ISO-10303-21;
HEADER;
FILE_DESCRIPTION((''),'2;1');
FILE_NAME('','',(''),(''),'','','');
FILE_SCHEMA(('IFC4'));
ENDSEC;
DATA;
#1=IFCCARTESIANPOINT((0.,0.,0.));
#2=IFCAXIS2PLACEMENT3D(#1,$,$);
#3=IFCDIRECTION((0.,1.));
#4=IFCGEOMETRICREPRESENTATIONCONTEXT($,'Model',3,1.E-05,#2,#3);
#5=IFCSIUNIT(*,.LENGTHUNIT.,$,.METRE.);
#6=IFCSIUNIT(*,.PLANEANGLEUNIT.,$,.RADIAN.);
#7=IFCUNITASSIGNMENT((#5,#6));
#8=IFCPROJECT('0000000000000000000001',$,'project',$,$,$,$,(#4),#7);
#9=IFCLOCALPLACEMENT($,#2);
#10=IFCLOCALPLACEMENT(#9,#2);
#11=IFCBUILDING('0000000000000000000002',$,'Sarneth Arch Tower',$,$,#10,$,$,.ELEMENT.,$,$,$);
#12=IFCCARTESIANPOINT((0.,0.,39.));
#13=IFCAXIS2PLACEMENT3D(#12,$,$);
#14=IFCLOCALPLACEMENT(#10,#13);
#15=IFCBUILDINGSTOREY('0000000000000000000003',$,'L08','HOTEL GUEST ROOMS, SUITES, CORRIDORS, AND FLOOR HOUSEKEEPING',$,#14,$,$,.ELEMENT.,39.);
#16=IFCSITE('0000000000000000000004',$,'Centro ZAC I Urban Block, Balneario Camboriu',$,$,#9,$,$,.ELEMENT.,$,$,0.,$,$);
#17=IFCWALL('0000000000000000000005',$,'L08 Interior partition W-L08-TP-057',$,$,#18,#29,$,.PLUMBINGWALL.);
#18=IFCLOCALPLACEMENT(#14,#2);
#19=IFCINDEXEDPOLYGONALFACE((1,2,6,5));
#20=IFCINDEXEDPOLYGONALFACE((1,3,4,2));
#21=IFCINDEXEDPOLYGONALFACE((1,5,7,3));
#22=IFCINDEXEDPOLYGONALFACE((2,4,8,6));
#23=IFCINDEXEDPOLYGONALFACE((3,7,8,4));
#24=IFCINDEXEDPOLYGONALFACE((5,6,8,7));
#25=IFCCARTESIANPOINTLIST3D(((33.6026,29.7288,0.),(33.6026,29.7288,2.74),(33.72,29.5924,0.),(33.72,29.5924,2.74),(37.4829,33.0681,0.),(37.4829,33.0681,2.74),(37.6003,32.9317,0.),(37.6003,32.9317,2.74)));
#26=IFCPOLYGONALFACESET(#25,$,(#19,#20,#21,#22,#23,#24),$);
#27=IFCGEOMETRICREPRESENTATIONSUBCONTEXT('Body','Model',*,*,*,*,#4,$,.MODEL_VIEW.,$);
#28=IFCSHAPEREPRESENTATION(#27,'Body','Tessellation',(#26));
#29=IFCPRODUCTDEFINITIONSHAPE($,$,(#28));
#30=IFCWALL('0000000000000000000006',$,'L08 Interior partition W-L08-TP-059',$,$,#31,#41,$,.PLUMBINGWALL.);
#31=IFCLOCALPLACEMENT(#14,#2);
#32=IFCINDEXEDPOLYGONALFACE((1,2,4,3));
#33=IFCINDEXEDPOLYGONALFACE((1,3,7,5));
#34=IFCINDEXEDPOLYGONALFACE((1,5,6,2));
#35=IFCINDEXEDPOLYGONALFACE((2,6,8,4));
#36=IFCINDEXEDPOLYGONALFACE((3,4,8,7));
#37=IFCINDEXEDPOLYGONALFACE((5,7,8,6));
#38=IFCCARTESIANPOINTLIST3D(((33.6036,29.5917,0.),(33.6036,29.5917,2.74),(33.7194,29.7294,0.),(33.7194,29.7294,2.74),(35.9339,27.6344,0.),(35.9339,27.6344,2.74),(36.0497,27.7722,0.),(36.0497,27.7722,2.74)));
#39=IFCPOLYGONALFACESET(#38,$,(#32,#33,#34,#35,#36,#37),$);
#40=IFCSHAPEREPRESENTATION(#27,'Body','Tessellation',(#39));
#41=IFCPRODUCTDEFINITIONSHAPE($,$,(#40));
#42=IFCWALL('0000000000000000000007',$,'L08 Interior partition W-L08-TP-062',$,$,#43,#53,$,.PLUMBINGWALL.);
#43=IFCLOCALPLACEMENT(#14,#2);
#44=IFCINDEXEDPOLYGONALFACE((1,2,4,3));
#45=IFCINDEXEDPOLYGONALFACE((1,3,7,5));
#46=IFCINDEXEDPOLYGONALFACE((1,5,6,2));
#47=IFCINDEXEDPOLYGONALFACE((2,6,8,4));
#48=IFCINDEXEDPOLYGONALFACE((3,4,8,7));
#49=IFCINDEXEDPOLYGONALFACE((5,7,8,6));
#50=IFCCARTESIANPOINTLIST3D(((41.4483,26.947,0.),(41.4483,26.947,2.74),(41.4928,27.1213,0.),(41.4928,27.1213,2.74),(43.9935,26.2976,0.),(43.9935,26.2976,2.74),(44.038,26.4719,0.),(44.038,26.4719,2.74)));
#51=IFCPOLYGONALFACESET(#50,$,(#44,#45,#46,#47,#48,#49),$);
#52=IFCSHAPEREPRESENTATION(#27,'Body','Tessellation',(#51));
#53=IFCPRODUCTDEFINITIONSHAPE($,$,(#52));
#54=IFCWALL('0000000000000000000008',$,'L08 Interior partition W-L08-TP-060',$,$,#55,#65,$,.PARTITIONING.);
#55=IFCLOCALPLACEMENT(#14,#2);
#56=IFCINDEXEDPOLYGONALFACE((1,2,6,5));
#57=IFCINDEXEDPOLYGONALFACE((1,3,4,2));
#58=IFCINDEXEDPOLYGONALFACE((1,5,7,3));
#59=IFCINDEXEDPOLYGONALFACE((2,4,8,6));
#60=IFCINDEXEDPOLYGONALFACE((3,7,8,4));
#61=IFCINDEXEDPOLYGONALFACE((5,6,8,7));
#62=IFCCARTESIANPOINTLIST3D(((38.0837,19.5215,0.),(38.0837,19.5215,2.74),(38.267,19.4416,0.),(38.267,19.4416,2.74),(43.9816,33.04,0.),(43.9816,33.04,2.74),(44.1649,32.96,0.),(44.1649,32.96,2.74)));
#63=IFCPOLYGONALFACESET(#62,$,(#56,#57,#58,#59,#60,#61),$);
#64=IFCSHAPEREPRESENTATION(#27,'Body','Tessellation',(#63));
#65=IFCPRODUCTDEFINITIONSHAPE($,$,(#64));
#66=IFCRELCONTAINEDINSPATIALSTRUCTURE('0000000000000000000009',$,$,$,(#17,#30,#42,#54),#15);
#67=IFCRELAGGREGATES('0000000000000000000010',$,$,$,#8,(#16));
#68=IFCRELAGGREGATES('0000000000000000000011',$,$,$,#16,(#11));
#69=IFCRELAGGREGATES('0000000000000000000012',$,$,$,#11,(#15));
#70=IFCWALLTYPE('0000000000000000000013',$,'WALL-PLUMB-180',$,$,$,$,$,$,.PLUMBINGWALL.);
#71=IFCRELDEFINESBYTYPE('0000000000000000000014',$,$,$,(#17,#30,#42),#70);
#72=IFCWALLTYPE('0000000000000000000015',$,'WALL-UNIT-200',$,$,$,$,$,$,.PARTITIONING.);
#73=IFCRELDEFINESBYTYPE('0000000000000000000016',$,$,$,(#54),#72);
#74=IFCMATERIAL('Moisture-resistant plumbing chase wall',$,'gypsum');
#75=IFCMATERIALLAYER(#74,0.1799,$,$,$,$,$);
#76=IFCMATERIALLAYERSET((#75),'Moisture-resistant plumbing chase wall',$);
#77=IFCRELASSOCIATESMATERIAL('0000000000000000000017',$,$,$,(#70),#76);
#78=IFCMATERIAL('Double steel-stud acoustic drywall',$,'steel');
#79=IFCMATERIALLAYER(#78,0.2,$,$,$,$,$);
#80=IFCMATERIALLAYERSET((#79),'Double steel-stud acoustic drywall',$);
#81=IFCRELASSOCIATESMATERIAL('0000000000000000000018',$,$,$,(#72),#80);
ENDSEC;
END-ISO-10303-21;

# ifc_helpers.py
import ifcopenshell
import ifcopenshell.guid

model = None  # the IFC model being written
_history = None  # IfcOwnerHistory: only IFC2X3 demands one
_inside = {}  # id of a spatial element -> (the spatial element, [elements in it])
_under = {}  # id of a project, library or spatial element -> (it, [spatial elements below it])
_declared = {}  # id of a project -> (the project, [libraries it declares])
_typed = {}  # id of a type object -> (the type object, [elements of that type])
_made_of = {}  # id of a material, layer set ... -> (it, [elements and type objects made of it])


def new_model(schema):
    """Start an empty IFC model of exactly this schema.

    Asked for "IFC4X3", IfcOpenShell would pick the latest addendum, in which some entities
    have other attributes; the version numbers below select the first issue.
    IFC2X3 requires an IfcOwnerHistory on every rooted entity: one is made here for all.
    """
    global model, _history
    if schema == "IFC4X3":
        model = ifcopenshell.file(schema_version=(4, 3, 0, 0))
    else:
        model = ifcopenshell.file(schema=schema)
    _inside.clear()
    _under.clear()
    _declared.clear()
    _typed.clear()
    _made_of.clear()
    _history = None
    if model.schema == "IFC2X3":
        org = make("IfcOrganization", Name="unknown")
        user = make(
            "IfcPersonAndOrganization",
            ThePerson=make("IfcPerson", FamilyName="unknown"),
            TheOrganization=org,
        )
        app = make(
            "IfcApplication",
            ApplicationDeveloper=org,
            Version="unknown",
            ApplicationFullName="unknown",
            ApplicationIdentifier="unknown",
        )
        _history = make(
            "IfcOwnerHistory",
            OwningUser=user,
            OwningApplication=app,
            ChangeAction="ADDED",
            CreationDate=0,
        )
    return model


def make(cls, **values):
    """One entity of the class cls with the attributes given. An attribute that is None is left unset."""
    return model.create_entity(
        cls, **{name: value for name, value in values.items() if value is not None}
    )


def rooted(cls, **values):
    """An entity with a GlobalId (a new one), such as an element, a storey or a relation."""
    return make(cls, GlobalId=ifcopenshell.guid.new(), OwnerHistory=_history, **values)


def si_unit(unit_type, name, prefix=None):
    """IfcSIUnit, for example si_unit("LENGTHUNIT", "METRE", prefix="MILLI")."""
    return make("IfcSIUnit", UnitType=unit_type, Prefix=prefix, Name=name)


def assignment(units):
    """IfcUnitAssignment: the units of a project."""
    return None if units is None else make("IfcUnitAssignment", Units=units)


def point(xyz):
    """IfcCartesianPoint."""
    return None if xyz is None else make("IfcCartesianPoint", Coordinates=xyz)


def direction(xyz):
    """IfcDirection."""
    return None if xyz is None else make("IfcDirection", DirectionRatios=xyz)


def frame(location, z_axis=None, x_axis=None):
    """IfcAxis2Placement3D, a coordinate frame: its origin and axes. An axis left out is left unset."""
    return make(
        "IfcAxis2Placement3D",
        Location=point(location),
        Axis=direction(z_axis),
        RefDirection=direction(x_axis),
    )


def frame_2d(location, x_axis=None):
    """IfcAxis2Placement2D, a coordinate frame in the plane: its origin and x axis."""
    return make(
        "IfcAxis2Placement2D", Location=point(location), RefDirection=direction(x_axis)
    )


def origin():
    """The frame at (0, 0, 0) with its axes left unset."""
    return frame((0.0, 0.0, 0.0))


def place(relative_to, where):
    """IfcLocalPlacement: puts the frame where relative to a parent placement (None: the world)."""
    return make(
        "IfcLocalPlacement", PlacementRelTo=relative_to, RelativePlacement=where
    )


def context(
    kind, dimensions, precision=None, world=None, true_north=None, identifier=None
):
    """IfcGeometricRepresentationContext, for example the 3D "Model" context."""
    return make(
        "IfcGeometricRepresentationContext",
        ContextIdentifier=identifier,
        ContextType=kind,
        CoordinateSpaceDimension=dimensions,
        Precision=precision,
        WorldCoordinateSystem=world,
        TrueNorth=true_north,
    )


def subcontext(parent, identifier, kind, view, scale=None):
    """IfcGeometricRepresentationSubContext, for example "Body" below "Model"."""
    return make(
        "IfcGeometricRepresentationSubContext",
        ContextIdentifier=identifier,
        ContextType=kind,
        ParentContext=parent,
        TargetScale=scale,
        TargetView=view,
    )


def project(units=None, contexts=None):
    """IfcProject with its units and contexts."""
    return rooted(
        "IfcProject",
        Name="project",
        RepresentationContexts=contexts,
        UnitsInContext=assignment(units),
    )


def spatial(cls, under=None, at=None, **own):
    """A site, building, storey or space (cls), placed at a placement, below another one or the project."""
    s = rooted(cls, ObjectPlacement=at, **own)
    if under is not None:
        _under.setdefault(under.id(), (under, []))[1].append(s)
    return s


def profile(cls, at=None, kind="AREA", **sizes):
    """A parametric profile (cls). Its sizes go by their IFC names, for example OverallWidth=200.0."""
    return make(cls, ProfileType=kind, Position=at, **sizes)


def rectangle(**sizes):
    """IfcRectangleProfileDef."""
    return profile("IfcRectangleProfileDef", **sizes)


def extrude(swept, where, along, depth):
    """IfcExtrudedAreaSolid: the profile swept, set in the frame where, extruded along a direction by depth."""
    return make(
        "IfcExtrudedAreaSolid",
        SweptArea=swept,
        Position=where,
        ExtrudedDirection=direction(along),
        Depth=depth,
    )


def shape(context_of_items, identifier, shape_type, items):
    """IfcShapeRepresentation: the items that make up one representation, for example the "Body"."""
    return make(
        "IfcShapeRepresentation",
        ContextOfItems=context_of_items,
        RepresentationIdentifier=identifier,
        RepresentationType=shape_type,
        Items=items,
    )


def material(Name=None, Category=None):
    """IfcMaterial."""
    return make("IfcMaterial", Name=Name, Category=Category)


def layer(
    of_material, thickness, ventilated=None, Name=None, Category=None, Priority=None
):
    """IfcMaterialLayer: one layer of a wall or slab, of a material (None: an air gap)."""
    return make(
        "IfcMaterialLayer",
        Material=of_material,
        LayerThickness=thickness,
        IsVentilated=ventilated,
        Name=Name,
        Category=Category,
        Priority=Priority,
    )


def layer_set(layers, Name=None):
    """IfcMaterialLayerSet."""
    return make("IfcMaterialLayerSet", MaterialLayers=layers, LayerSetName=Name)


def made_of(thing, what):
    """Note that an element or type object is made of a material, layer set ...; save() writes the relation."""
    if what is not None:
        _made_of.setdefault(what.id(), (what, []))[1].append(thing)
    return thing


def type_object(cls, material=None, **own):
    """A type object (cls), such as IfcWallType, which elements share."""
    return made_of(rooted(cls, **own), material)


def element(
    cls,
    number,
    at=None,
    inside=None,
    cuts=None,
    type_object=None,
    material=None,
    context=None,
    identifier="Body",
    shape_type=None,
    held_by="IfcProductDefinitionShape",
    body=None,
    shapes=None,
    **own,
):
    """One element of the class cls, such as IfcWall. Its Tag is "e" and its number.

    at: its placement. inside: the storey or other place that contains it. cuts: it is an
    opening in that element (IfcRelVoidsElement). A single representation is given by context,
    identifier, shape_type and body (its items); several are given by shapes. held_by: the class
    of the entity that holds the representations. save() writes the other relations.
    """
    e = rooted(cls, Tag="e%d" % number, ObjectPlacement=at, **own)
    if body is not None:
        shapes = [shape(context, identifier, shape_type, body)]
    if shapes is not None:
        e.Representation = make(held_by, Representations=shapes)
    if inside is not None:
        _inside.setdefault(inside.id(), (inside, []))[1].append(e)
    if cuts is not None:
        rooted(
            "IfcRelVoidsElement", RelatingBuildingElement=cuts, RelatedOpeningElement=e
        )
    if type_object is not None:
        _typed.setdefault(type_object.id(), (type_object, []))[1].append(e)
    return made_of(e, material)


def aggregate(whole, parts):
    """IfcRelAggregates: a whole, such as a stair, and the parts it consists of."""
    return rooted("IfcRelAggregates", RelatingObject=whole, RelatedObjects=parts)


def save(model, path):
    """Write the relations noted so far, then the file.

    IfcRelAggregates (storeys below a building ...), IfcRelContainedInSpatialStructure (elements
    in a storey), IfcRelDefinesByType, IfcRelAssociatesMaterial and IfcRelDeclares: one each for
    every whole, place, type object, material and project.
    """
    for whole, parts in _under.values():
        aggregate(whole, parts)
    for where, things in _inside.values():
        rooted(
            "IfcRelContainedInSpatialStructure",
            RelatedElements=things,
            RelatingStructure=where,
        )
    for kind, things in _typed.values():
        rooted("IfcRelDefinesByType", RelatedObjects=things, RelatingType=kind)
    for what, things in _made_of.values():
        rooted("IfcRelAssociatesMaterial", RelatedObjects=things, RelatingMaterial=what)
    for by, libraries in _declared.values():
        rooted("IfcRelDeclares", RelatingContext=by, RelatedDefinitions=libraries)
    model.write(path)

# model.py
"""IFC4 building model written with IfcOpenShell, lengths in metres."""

from ifc_helpers import new_model, si_unit, direction, frame, frame_2d, origin, place, context, subcontext, project, spatial, rectangle, extrude, material, layer, layer_set, type_object, element, save


model = new_model("IFC4")

# Units and contexts
model_context = context("Model", 3, precision=1e-05, world=origin(), true_north=direction((0.0, 1.0)))
body_context = subcontext(model_context, "Body", "Model", "MODEL_VIEW")
ifc_project = project(units=[si_unit("LENGTHUNIT", "METRE"), si_unit("PLANEANGLEUNIT", "RADIAN")], contexts=[model_context])

# Site, building, storey
site_placement = place(None, origin())
site = spatial("IfcSite", under=ifc_project, at=site_placement, Name="Centro ZAC I Urban Block, Balneario Camboriu", CompositionType="ELEMENT", RefElevation=0.0)
building_placement = place(site_placement, origin())
building = spatial("IfcBuilding", under=site, at=building_placement, Name="Sarneth Arch Tower", CompositionType="ELEMENT")
storey_placement = place(building_placement, frame((0.0, 0.0, 39.0)))
storey = spatial("IfcBuildingStorey", under=building, at=storey_placement, Name="L08", Description="HOTEL GUEST ROOMS, SUITES, CORRIDORS, AND FLOOR HOUSEKEEPING", CompositionType="ELEMENT", Elevation=39.0)

# Shared definitions
ifc_material_1 = material(Name="Moisture-resistant plumbing chase wall", Category="gypsum")
ifc_layer_1 = layer(ifc_material_1, 0.1799)
ifc_layer_set_1 = layer_set([ifc_layer_1], Name="Moisture-resistant plumbing chase wall")
wall_type_1 = type_object("IfcWallType", Name="WALL-PLUMB-180", PredefinedType="PLUMBINGWALL", material=ifc_layer_set_1)

# Walls
wall_1_placement = place(storey_placement, frame((33.6614, 29.6606, 0.0), z_axis=(0.0, 0.0, 1.0), x_axis=(0.757969, 0.65229, 0.0)))
element("IfcWall", 1, at=wall_1_placement, inside=storey, type_object=wall_type_1, Name="L08 Interior partition W-L08-TP-057", PredefinedType="PLUMBINGWALL", context=body_context, shape_type="SweptSolid", body=[
    extrude(rectangle(XDim=5.1194, YDim=0.1799, at=frame_2d((2.5596, 0.0))), origin(), (0.0, 0.0, 1.0), 2.74),
])
wall_2_placement = place(storey_placement, frame((35.9917, 27.7034, 0.0), z_axis=(0.0, 0.0, 1.0), x_axis=(-0.765736, 0.643154, 0.0)))
element("IfcWall", 2, at=wall_2_placement, inside=storey, type_object=wall_type_1, Name="L08 Interior partition W-L08-TP-059", PredefinedType="PLUMBINGWALL", context=body_context, shape_type="SweptSolid", body=[
    extrude(rectangle(XDim=3.0432, YDim=0.1799, at=frame_2d((1.5215, 0.0))), origin(), (0.0, 0.0, 1.0), 2.74),
])
wall_3_placement = place(storey_placement, frame((41.4705, 27.0342, 0.0), z_axis=(0.0, 0.0, 1.0), x_axis=(0.968956, -0.247235, 0.0)))
element("IfcWall", 3, at=wall_3_placement, inside=storey, type_object=wall_type_1, Name="L08 Interior partition W-L08-TP-062", PredefinedType="PLUMBINGWALL", context=body_context, shape_type="SweptSolid", body=[
    extrude(rectangle(XDim=2.6267, YDim=0.1799, at=frame_2d((1.3135, 0.0))), origin(), (0.0, 0.0, 1.0), 2.74),
])
ifc_material_2 = material(Name="Double steel-stud acoustic drywall", Category="steel")
ifc_layer_2 = layer(ifc_material_2, 0.2)
ifc_layer_set_2 = layer_set([ifc_layer_2], Name="Double steel-stud acoustic drywall")
wall_type_2 = type_object("IfcWallType", Name="WALL-UNIT-200", PredefinedType="PARTITIONING", material=ifc_layer_set_2)
wall_4_placement = place(storey_placement, frame((44.0732, 33.0, 0.0), z_axis=(0.0, 0.0, 1.0), x_axis=(-0.399884, -0.916566, 0.0)))
element("IfcWall", 4, at=wall_4_placement, inside=storey, type_object=wall_type_2, Name="L08 Interior partition W-L08-TP-060", PredefinedType="PARTITIONING", context=body_context, shape_type="SweptSolid", body=[
    extrude(rectangle(XDim=14.749, YDim=0.2, at=frame_2d((7.3745, 0.0))), origin(), (0.0, 0.0, 1.0), 2.74),
])

save(model, "model.ifc")
